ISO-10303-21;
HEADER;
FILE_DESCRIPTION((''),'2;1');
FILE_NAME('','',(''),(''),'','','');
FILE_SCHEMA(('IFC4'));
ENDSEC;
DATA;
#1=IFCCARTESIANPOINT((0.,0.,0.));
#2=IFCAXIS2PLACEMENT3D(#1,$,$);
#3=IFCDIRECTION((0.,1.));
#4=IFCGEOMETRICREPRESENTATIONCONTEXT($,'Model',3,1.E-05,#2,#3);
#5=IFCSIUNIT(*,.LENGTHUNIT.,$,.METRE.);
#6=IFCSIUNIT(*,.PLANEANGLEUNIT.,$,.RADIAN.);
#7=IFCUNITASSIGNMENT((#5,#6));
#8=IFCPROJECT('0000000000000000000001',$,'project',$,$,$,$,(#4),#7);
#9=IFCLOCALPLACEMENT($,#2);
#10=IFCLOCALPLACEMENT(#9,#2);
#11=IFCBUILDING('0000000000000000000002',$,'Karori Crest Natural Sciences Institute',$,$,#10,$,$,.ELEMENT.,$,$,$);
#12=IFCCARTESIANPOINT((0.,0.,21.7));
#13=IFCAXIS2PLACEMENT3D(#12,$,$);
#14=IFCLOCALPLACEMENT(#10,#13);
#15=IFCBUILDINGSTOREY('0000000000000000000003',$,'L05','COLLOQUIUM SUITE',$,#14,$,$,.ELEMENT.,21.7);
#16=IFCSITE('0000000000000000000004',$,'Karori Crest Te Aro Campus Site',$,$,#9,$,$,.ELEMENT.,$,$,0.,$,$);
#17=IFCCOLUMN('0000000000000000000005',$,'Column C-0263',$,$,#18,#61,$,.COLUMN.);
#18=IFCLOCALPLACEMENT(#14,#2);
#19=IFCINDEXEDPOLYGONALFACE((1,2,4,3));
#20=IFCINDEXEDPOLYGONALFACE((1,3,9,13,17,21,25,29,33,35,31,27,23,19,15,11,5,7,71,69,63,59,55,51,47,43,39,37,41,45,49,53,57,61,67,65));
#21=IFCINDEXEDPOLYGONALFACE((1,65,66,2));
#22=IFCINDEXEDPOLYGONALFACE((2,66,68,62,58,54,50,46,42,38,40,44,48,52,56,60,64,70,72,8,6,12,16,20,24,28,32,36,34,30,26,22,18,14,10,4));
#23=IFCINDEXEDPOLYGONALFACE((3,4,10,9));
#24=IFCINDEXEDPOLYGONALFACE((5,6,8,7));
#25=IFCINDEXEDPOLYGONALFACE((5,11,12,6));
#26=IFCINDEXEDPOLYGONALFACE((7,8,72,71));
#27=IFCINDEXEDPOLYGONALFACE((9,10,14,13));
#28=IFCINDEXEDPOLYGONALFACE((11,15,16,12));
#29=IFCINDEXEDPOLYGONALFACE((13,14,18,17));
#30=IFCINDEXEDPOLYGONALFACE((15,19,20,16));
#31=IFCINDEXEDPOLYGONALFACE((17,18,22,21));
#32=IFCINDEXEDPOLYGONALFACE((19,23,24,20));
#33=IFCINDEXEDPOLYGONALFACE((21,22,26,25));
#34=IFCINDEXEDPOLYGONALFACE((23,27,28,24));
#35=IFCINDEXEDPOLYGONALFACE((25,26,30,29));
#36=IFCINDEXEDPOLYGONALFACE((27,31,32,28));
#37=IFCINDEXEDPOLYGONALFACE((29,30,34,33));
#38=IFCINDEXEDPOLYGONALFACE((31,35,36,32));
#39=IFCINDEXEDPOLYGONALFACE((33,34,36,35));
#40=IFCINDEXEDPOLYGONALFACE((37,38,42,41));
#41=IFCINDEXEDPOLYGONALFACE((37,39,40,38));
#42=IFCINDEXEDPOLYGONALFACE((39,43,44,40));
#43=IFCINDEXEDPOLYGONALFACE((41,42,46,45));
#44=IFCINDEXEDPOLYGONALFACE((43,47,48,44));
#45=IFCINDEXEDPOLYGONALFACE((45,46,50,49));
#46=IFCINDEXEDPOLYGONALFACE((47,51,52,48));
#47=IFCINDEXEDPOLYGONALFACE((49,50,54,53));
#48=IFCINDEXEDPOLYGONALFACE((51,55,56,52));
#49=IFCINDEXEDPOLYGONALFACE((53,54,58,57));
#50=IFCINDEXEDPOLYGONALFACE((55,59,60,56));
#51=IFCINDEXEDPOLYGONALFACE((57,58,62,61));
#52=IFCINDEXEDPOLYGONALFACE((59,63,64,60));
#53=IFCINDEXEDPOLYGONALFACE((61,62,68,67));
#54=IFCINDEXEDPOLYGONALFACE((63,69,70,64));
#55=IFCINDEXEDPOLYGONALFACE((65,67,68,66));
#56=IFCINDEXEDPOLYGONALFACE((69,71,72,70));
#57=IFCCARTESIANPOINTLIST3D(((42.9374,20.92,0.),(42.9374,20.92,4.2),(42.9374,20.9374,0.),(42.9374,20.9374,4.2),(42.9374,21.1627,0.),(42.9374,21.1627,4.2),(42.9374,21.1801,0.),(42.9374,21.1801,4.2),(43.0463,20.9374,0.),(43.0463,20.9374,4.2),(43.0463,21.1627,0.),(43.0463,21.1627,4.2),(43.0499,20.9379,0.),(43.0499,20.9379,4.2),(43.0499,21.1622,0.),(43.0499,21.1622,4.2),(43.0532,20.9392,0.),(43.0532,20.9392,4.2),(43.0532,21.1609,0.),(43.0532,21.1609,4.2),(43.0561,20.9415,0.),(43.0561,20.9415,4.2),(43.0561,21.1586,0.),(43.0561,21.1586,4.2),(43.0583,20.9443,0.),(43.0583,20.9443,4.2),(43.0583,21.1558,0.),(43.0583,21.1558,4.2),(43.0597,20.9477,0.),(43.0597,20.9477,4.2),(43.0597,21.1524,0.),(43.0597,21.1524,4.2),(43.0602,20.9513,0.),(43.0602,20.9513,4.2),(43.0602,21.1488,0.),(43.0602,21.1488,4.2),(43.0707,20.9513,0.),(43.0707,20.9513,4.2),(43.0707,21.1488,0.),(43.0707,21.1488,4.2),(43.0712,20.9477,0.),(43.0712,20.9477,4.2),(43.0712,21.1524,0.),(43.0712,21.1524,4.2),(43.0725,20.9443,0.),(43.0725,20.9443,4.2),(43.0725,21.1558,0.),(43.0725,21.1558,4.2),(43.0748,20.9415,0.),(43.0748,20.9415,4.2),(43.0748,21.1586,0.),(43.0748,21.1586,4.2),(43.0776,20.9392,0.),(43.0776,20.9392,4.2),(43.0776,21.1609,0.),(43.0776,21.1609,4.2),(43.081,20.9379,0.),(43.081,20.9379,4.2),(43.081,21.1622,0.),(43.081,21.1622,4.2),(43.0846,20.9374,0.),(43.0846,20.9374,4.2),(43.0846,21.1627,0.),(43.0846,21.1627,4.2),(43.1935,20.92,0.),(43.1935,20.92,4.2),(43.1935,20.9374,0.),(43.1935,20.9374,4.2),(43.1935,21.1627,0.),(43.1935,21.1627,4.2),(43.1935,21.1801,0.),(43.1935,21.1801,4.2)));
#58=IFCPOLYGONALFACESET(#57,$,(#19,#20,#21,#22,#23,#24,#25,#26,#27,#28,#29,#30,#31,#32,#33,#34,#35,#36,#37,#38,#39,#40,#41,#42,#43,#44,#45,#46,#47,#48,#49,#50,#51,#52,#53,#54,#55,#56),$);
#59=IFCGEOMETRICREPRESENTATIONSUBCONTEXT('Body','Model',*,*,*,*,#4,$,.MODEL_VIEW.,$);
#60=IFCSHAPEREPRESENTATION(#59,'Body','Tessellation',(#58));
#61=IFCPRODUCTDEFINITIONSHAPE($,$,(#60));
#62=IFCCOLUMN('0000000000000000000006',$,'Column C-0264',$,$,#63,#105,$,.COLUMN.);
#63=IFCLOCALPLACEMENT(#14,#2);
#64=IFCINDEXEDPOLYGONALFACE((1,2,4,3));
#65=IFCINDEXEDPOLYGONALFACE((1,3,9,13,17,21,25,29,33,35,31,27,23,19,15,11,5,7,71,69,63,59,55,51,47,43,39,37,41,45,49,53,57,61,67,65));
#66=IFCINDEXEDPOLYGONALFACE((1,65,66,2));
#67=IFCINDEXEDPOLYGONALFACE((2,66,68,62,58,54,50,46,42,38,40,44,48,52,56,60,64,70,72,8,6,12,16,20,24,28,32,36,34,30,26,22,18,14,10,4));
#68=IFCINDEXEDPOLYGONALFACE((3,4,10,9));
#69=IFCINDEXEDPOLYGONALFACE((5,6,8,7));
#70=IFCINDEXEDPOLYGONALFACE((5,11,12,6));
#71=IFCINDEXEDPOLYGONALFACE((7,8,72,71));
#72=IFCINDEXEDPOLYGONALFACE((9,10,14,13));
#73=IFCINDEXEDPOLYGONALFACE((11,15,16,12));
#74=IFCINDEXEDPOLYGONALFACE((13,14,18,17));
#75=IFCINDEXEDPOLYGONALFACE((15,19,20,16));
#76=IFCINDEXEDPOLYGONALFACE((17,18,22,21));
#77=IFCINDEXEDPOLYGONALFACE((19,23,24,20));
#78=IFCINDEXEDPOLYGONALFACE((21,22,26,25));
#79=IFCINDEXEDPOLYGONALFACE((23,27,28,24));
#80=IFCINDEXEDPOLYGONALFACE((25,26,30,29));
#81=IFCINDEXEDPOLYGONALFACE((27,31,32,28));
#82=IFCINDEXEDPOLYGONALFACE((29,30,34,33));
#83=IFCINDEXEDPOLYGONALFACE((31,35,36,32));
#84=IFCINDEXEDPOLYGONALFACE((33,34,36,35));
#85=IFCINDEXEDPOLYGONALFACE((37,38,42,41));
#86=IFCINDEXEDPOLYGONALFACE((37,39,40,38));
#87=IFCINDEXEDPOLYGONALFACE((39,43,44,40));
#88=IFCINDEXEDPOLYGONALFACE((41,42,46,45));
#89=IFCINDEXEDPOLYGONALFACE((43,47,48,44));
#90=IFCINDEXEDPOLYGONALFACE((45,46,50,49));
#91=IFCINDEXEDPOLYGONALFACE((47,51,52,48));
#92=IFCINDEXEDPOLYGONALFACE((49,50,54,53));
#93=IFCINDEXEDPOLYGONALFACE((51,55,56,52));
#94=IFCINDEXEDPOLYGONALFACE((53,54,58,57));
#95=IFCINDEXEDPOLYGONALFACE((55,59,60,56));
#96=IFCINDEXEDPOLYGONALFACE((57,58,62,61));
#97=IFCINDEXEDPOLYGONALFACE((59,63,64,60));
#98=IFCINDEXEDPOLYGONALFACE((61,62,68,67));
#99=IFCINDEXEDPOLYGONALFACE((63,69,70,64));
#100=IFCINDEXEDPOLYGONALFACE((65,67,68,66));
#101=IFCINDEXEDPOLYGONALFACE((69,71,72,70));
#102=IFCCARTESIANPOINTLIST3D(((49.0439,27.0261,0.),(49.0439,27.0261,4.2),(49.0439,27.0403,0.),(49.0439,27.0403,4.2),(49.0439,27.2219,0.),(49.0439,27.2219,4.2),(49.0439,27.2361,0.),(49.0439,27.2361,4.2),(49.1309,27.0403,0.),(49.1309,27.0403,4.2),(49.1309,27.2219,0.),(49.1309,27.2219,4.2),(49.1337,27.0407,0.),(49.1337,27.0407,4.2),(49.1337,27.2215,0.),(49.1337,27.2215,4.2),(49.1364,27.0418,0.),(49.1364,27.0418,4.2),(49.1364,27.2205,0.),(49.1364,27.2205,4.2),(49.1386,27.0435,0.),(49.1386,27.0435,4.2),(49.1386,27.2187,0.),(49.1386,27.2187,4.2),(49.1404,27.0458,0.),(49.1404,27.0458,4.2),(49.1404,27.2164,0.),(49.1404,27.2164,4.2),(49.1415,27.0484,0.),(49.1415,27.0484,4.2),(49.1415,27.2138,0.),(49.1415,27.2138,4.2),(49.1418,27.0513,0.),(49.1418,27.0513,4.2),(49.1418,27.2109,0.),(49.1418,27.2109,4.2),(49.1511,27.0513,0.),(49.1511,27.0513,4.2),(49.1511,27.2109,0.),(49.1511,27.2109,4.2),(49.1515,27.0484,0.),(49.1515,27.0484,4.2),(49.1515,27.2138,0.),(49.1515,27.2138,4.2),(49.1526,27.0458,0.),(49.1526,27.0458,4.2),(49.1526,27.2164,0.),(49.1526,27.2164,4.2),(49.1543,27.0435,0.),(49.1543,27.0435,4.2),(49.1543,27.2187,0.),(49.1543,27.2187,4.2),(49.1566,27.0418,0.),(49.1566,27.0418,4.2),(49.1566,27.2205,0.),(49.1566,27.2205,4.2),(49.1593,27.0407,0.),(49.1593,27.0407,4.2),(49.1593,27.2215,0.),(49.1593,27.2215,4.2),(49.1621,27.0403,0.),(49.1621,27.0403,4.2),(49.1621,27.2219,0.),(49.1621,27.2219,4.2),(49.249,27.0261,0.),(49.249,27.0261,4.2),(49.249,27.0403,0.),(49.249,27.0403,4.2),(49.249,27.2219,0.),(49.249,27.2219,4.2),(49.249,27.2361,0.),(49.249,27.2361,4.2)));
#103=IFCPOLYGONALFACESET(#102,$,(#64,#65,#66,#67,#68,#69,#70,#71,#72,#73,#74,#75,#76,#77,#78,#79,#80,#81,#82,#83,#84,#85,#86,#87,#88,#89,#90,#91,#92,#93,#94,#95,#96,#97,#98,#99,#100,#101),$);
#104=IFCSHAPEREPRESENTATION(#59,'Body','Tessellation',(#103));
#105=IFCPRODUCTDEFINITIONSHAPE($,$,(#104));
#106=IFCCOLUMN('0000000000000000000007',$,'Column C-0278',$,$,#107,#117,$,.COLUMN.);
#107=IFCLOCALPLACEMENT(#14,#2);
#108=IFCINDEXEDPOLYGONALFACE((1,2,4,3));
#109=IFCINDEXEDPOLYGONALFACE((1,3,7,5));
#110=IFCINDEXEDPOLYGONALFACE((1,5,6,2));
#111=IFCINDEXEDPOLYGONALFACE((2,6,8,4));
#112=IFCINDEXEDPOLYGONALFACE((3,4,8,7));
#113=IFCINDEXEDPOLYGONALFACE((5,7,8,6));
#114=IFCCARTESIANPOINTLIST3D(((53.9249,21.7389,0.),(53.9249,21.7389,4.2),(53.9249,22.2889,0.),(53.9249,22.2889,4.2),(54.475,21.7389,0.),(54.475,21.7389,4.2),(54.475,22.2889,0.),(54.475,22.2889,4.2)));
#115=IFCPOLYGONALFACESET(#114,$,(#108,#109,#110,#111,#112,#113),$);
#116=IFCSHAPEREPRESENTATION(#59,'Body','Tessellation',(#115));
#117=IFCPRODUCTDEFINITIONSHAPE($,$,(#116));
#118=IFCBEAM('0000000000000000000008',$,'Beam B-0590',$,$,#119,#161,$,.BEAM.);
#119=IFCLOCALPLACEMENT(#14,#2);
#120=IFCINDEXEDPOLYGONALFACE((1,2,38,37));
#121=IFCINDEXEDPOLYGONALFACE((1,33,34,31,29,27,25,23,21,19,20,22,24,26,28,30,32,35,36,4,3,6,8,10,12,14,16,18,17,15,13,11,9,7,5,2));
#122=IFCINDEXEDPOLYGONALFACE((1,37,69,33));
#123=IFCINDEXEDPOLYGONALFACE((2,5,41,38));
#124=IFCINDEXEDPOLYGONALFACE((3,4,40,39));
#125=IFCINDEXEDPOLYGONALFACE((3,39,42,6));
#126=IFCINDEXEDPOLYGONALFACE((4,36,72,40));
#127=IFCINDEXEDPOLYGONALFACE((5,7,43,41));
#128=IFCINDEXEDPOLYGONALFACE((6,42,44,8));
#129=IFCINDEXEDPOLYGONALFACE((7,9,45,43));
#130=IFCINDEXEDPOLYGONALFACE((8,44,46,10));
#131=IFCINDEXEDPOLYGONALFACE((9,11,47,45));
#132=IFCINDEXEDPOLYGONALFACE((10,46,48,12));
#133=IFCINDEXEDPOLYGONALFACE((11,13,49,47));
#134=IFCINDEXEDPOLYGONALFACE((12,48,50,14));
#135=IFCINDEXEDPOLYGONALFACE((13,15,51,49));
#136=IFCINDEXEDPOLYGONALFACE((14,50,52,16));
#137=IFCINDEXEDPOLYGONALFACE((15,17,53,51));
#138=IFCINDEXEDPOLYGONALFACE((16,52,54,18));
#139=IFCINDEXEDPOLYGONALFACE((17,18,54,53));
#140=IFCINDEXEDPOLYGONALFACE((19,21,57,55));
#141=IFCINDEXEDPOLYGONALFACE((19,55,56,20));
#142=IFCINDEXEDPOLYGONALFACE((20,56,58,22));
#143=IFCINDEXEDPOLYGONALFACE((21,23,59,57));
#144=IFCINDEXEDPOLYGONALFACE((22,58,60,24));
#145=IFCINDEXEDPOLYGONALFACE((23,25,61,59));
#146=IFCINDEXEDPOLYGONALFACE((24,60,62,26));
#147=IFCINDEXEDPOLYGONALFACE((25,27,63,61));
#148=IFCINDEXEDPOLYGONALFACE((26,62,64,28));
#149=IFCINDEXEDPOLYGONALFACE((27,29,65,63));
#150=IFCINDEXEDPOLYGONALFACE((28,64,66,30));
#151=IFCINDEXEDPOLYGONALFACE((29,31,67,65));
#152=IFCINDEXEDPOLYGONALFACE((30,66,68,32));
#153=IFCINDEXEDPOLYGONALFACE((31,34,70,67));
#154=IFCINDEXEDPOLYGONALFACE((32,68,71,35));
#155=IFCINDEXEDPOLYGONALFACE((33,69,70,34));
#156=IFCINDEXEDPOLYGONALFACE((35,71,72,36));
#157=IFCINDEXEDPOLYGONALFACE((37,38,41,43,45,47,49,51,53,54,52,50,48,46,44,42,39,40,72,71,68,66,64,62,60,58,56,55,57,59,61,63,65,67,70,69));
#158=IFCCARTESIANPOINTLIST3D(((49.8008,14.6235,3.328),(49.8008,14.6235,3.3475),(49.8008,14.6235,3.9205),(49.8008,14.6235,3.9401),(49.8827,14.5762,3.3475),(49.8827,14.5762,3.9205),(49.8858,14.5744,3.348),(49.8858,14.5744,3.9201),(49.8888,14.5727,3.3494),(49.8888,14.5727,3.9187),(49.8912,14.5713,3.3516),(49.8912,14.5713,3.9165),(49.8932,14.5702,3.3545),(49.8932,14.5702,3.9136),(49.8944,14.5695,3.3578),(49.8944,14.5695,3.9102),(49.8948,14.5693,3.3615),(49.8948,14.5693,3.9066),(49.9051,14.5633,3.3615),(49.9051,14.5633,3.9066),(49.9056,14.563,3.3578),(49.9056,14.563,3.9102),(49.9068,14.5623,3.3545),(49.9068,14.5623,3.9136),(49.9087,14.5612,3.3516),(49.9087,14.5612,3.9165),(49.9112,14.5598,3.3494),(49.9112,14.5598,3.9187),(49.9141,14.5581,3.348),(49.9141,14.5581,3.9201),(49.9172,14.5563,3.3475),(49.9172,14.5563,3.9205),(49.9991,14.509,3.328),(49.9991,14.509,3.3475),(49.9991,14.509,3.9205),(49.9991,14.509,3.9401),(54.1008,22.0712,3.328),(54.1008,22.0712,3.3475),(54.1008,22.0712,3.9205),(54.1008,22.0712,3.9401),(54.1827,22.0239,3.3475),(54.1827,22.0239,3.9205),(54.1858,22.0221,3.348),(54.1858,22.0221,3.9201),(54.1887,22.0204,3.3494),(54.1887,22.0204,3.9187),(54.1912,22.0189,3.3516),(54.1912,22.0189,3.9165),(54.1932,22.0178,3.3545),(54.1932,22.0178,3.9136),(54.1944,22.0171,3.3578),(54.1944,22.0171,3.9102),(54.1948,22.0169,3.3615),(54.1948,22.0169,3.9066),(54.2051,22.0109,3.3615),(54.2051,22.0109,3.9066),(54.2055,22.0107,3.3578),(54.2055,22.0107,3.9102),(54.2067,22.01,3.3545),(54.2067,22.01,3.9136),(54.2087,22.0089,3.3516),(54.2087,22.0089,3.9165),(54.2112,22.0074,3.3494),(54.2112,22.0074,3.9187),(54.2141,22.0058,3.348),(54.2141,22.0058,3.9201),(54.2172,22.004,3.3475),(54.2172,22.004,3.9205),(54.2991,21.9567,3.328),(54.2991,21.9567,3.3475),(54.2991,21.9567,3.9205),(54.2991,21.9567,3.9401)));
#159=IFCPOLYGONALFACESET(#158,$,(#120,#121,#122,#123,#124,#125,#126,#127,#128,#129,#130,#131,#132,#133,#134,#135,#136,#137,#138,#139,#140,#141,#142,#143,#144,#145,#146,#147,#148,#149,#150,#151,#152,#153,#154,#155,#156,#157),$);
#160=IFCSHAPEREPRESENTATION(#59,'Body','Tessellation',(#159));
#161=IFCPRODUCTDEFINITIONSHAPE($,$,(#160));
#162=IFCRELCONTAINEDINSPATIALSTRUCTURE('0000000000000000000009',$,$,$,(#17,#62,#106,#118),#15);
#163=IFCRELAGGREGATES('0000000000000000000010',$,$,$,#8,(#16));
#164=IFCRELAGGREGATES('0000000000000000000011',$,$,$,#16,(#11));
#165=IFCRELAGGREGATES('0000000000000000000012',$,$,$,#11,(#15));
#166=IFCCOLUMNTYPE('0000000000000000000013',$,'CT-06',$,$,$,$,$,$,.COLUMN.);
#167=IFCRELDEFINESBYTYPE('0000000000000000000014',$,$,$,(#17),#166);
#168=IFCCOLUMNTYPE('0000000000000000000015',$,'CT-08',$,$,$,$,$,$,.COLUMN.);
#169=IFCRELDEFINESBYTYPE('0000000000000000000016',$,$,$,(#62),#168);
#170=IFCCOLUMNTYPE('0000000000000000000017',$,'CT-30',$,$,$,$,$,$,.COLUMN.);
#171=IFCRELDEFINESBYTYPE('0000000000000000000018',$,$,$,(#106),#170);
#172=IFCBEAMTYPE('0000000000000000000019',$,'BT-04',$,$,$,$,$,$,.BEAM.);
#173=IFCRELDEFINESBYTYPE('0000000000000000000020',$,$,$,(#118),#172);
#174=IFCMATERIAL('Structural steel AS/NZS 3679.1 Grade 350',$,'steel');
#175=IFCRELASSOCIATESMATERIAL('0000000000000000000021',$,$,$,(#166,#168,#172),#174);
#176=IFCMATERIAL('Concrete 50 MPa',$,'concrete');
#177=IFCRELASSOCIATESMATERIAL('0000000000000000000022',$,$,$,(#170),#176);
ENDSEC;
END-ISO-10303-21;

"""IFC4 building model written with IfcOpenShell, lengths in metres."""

from ifc_helpers import new_model, si_unit, direction, frame, origin, origin_2d, place, context, subcontext, project, spatial, rectangle, i_section, extrude, material, material_profile, profile_set, type_object, element, save


model = new_model("IFC4")

# Units and contexts
model_context = context("Model", 3, precision=1e-05, world=origin(), true_north=direction((0.0, 1.0)))
body_context = subcontext(model_context, "Body", "Model", "MODEL_VIEW")
ifc_project = project(units=[si_unit("LENGTHUNIT", "METRE"), si_unit("PLANEANGLEUNIT", "RADIAN")], contexts=[model_context])

# Site, building, storey
site_placement = place(None, origin())
site = spatial("IfcSite", under=ifc_project, at=site_placement, Name="Karori Crest Te Aro Campus Site", CompositionType="ELEMENT", RefElevation=0.0)
building_placement = place(site_placement, origin())
building = spatial("IfcBuilding", under=site, at=building_placement, Name="Karori Crest Natural Sciences Institute", CompositionType="ELEMENT")
storey_placement = place(building_placement, frame((0.0, 0.0, 21.7)))
storey = spatial("IfcBuildingStorey", under=building, at=storey_placement, Name="L05", Description="COLLOQUIUM SUITE", CompositionType="ELEMENT", Elevation=21.7)

# Columns
ifc_material_1 = material(Name="Structural steel AS/NZS 3679.1 Grade 350", Category="steel")
ifc_material_profile_1 = material_profile(ifc_material_1, i_section(OverallWidth=0.2561, OverallDepth=0.26, WebThickness=0.0105, FlangeThickness=0.0173, FilletRadius=0.0139, at=origin_2d()), Name="250UC89.5")
ifc_profile_set_1 = profile_set([ifc_material_profile_1], Name="Structural steel AS/NZS 3679.1 Grade 350")
column_type_1 = type_object("IfcColumnType", Name="CT-06", PredefinedType="COLUMN", material=ifc_profile_set_1)
column_1_placement = place(storey_placement, frame((43.0654, 21.05, 0.0), z_axis=(0.0, 0.0, 1.0), x_axis=(1.0, 0.0, 0.0)))
element("IfcColumn", 1, at=column_1_placement, inside=storey, type_object=column_type_1, Name="Column C-0263", PredefinedType="COLUMN", context=body_context, shape_type="SweptSolid", body=[
    extrude(i_section(OverallWidth=0.2561, OverallDepth=0.26, WebThickness=0.0105, FlangeThickness=0.0173, FilletRadius=0.0139, at=origin_2d()), origin(), (0.0, 0.0, 1.0), 4.2),
])
ifc_material_profile_2 = material_profile(ifc_material_1, i_section(OverallWidth=0.2051, OverallDepth=0.21, WebThickness=0.0093, FlangeThickness=0.0142, FilletRadius=0.011, at=origin_2d()), Name="200UC59.5")
ifc_profile_set_2 = profile_set([ifc_material_profile_2], Name="Structural steel AS/NZS 3679.1 Grade 350")
column_type_2 = type_object("IfcColumnType", Name="CT-08", PredefinedType="COLUMN", material=ifc_profile_set_2)
column_2_placement = place(storey_placement, frame((49.1465, 27.1311, 0.0), z_axis=(0.0, 0.0, 1.0), x_axis=(1.0, 0.0, 0.0)))
element("IfcColumn", 2, at=column_2_placement, inside=storey, type_object=column_type_2, Name="Column C-0264", PredefinedType="COLUMN", context=body_context, shape_type="SweptSolid", body=[
    extrude(i_section(OverallWidth=0.2051, OverallDepth=0.21, WebThickness=0.0093, FlangeThickness=0.0142, FilletRadius=0.011, at=origin_2d()), origin(), (0.0, 0.0, 1.0), 4.2),
])
ifc_material_2 = material(Name="Concrete 50 MPa", Category="concrete")
ifc_material_profile_3 = material_profile(ifc_material_2, rectangle(XDim=0.55, YDim=0.55, at=origin_2d()), Name="RC550x550")
ifc_profile_set_3 = profile_set([ifc_material_profile_3], Name="Concrete 50 MPa")
column_type_3 = type_object("IfcColumnType", Name="CT-30", PredefinedType="COLUMN", material=ifc_profile_set_3)
column_3_placement = place(storey_placement, frame((54.2, 22.0139, 0.0), z_axis=(0.0, 0.0, 1.0), x_axis=(1.0, 0.0, 0.0)))
element("IfcColumn", 3, at=column_3_placement, inside=storey, type_object=column_type_3, Name="Column C-0278", PredefinedType="COLUMN", context=body_context, shape_type="SweptSolid", body=[
    extrude(rectangle(XDim=0.55, YDim=0.55, at=origin_2d()), origin(), (0.0, 0.0, 1.0), 4.2),
])

# Beam
ifc_material_profile_4 = material_profile(ifc_material_1, i_section(OverallWidth=0.229, OverallDepth=0.6121, WebThickness=0.012, FlangeThickness=0.0195, FilletRadius=0.0139, at=origin_2d()), Name="610UB125")
ifc_profile_set_4 = profile_set([ifc_material_profile_4], Name="Structural steel AS/NZS 3679.1 Grade 350")
beam_type_1 = type_object("IfcBeamType", Name="BT-04", PredefinedType="BEAM", material=ifc_profile_set_4)
beam_1_placement = place(storey_placement, frame((54.2, 22.0139, 3.634), z_axis=(-0.500008, -0.866021, 0.0), x_axis=(0.866021, -0.500008, 0.0)))
element("IfcBeam", 4, at=beam_1_placement, inside=storey, type_object=beam_type_1, Name="Beam B-0590", PredefinedType="BEAM", context=body_context, shape_type="SweptSolid", body=[
    extrude(i_section(OverallWidth=0.229, OverallDepth=0.6121, WebThickness=0.012, FlangeThickness=0.0195, FilletRadius=0.0139, at=origin_2d()), origin(), (0.0, 0.0, 1.0), 8.5999),
])

save(model, "model.ifc")
